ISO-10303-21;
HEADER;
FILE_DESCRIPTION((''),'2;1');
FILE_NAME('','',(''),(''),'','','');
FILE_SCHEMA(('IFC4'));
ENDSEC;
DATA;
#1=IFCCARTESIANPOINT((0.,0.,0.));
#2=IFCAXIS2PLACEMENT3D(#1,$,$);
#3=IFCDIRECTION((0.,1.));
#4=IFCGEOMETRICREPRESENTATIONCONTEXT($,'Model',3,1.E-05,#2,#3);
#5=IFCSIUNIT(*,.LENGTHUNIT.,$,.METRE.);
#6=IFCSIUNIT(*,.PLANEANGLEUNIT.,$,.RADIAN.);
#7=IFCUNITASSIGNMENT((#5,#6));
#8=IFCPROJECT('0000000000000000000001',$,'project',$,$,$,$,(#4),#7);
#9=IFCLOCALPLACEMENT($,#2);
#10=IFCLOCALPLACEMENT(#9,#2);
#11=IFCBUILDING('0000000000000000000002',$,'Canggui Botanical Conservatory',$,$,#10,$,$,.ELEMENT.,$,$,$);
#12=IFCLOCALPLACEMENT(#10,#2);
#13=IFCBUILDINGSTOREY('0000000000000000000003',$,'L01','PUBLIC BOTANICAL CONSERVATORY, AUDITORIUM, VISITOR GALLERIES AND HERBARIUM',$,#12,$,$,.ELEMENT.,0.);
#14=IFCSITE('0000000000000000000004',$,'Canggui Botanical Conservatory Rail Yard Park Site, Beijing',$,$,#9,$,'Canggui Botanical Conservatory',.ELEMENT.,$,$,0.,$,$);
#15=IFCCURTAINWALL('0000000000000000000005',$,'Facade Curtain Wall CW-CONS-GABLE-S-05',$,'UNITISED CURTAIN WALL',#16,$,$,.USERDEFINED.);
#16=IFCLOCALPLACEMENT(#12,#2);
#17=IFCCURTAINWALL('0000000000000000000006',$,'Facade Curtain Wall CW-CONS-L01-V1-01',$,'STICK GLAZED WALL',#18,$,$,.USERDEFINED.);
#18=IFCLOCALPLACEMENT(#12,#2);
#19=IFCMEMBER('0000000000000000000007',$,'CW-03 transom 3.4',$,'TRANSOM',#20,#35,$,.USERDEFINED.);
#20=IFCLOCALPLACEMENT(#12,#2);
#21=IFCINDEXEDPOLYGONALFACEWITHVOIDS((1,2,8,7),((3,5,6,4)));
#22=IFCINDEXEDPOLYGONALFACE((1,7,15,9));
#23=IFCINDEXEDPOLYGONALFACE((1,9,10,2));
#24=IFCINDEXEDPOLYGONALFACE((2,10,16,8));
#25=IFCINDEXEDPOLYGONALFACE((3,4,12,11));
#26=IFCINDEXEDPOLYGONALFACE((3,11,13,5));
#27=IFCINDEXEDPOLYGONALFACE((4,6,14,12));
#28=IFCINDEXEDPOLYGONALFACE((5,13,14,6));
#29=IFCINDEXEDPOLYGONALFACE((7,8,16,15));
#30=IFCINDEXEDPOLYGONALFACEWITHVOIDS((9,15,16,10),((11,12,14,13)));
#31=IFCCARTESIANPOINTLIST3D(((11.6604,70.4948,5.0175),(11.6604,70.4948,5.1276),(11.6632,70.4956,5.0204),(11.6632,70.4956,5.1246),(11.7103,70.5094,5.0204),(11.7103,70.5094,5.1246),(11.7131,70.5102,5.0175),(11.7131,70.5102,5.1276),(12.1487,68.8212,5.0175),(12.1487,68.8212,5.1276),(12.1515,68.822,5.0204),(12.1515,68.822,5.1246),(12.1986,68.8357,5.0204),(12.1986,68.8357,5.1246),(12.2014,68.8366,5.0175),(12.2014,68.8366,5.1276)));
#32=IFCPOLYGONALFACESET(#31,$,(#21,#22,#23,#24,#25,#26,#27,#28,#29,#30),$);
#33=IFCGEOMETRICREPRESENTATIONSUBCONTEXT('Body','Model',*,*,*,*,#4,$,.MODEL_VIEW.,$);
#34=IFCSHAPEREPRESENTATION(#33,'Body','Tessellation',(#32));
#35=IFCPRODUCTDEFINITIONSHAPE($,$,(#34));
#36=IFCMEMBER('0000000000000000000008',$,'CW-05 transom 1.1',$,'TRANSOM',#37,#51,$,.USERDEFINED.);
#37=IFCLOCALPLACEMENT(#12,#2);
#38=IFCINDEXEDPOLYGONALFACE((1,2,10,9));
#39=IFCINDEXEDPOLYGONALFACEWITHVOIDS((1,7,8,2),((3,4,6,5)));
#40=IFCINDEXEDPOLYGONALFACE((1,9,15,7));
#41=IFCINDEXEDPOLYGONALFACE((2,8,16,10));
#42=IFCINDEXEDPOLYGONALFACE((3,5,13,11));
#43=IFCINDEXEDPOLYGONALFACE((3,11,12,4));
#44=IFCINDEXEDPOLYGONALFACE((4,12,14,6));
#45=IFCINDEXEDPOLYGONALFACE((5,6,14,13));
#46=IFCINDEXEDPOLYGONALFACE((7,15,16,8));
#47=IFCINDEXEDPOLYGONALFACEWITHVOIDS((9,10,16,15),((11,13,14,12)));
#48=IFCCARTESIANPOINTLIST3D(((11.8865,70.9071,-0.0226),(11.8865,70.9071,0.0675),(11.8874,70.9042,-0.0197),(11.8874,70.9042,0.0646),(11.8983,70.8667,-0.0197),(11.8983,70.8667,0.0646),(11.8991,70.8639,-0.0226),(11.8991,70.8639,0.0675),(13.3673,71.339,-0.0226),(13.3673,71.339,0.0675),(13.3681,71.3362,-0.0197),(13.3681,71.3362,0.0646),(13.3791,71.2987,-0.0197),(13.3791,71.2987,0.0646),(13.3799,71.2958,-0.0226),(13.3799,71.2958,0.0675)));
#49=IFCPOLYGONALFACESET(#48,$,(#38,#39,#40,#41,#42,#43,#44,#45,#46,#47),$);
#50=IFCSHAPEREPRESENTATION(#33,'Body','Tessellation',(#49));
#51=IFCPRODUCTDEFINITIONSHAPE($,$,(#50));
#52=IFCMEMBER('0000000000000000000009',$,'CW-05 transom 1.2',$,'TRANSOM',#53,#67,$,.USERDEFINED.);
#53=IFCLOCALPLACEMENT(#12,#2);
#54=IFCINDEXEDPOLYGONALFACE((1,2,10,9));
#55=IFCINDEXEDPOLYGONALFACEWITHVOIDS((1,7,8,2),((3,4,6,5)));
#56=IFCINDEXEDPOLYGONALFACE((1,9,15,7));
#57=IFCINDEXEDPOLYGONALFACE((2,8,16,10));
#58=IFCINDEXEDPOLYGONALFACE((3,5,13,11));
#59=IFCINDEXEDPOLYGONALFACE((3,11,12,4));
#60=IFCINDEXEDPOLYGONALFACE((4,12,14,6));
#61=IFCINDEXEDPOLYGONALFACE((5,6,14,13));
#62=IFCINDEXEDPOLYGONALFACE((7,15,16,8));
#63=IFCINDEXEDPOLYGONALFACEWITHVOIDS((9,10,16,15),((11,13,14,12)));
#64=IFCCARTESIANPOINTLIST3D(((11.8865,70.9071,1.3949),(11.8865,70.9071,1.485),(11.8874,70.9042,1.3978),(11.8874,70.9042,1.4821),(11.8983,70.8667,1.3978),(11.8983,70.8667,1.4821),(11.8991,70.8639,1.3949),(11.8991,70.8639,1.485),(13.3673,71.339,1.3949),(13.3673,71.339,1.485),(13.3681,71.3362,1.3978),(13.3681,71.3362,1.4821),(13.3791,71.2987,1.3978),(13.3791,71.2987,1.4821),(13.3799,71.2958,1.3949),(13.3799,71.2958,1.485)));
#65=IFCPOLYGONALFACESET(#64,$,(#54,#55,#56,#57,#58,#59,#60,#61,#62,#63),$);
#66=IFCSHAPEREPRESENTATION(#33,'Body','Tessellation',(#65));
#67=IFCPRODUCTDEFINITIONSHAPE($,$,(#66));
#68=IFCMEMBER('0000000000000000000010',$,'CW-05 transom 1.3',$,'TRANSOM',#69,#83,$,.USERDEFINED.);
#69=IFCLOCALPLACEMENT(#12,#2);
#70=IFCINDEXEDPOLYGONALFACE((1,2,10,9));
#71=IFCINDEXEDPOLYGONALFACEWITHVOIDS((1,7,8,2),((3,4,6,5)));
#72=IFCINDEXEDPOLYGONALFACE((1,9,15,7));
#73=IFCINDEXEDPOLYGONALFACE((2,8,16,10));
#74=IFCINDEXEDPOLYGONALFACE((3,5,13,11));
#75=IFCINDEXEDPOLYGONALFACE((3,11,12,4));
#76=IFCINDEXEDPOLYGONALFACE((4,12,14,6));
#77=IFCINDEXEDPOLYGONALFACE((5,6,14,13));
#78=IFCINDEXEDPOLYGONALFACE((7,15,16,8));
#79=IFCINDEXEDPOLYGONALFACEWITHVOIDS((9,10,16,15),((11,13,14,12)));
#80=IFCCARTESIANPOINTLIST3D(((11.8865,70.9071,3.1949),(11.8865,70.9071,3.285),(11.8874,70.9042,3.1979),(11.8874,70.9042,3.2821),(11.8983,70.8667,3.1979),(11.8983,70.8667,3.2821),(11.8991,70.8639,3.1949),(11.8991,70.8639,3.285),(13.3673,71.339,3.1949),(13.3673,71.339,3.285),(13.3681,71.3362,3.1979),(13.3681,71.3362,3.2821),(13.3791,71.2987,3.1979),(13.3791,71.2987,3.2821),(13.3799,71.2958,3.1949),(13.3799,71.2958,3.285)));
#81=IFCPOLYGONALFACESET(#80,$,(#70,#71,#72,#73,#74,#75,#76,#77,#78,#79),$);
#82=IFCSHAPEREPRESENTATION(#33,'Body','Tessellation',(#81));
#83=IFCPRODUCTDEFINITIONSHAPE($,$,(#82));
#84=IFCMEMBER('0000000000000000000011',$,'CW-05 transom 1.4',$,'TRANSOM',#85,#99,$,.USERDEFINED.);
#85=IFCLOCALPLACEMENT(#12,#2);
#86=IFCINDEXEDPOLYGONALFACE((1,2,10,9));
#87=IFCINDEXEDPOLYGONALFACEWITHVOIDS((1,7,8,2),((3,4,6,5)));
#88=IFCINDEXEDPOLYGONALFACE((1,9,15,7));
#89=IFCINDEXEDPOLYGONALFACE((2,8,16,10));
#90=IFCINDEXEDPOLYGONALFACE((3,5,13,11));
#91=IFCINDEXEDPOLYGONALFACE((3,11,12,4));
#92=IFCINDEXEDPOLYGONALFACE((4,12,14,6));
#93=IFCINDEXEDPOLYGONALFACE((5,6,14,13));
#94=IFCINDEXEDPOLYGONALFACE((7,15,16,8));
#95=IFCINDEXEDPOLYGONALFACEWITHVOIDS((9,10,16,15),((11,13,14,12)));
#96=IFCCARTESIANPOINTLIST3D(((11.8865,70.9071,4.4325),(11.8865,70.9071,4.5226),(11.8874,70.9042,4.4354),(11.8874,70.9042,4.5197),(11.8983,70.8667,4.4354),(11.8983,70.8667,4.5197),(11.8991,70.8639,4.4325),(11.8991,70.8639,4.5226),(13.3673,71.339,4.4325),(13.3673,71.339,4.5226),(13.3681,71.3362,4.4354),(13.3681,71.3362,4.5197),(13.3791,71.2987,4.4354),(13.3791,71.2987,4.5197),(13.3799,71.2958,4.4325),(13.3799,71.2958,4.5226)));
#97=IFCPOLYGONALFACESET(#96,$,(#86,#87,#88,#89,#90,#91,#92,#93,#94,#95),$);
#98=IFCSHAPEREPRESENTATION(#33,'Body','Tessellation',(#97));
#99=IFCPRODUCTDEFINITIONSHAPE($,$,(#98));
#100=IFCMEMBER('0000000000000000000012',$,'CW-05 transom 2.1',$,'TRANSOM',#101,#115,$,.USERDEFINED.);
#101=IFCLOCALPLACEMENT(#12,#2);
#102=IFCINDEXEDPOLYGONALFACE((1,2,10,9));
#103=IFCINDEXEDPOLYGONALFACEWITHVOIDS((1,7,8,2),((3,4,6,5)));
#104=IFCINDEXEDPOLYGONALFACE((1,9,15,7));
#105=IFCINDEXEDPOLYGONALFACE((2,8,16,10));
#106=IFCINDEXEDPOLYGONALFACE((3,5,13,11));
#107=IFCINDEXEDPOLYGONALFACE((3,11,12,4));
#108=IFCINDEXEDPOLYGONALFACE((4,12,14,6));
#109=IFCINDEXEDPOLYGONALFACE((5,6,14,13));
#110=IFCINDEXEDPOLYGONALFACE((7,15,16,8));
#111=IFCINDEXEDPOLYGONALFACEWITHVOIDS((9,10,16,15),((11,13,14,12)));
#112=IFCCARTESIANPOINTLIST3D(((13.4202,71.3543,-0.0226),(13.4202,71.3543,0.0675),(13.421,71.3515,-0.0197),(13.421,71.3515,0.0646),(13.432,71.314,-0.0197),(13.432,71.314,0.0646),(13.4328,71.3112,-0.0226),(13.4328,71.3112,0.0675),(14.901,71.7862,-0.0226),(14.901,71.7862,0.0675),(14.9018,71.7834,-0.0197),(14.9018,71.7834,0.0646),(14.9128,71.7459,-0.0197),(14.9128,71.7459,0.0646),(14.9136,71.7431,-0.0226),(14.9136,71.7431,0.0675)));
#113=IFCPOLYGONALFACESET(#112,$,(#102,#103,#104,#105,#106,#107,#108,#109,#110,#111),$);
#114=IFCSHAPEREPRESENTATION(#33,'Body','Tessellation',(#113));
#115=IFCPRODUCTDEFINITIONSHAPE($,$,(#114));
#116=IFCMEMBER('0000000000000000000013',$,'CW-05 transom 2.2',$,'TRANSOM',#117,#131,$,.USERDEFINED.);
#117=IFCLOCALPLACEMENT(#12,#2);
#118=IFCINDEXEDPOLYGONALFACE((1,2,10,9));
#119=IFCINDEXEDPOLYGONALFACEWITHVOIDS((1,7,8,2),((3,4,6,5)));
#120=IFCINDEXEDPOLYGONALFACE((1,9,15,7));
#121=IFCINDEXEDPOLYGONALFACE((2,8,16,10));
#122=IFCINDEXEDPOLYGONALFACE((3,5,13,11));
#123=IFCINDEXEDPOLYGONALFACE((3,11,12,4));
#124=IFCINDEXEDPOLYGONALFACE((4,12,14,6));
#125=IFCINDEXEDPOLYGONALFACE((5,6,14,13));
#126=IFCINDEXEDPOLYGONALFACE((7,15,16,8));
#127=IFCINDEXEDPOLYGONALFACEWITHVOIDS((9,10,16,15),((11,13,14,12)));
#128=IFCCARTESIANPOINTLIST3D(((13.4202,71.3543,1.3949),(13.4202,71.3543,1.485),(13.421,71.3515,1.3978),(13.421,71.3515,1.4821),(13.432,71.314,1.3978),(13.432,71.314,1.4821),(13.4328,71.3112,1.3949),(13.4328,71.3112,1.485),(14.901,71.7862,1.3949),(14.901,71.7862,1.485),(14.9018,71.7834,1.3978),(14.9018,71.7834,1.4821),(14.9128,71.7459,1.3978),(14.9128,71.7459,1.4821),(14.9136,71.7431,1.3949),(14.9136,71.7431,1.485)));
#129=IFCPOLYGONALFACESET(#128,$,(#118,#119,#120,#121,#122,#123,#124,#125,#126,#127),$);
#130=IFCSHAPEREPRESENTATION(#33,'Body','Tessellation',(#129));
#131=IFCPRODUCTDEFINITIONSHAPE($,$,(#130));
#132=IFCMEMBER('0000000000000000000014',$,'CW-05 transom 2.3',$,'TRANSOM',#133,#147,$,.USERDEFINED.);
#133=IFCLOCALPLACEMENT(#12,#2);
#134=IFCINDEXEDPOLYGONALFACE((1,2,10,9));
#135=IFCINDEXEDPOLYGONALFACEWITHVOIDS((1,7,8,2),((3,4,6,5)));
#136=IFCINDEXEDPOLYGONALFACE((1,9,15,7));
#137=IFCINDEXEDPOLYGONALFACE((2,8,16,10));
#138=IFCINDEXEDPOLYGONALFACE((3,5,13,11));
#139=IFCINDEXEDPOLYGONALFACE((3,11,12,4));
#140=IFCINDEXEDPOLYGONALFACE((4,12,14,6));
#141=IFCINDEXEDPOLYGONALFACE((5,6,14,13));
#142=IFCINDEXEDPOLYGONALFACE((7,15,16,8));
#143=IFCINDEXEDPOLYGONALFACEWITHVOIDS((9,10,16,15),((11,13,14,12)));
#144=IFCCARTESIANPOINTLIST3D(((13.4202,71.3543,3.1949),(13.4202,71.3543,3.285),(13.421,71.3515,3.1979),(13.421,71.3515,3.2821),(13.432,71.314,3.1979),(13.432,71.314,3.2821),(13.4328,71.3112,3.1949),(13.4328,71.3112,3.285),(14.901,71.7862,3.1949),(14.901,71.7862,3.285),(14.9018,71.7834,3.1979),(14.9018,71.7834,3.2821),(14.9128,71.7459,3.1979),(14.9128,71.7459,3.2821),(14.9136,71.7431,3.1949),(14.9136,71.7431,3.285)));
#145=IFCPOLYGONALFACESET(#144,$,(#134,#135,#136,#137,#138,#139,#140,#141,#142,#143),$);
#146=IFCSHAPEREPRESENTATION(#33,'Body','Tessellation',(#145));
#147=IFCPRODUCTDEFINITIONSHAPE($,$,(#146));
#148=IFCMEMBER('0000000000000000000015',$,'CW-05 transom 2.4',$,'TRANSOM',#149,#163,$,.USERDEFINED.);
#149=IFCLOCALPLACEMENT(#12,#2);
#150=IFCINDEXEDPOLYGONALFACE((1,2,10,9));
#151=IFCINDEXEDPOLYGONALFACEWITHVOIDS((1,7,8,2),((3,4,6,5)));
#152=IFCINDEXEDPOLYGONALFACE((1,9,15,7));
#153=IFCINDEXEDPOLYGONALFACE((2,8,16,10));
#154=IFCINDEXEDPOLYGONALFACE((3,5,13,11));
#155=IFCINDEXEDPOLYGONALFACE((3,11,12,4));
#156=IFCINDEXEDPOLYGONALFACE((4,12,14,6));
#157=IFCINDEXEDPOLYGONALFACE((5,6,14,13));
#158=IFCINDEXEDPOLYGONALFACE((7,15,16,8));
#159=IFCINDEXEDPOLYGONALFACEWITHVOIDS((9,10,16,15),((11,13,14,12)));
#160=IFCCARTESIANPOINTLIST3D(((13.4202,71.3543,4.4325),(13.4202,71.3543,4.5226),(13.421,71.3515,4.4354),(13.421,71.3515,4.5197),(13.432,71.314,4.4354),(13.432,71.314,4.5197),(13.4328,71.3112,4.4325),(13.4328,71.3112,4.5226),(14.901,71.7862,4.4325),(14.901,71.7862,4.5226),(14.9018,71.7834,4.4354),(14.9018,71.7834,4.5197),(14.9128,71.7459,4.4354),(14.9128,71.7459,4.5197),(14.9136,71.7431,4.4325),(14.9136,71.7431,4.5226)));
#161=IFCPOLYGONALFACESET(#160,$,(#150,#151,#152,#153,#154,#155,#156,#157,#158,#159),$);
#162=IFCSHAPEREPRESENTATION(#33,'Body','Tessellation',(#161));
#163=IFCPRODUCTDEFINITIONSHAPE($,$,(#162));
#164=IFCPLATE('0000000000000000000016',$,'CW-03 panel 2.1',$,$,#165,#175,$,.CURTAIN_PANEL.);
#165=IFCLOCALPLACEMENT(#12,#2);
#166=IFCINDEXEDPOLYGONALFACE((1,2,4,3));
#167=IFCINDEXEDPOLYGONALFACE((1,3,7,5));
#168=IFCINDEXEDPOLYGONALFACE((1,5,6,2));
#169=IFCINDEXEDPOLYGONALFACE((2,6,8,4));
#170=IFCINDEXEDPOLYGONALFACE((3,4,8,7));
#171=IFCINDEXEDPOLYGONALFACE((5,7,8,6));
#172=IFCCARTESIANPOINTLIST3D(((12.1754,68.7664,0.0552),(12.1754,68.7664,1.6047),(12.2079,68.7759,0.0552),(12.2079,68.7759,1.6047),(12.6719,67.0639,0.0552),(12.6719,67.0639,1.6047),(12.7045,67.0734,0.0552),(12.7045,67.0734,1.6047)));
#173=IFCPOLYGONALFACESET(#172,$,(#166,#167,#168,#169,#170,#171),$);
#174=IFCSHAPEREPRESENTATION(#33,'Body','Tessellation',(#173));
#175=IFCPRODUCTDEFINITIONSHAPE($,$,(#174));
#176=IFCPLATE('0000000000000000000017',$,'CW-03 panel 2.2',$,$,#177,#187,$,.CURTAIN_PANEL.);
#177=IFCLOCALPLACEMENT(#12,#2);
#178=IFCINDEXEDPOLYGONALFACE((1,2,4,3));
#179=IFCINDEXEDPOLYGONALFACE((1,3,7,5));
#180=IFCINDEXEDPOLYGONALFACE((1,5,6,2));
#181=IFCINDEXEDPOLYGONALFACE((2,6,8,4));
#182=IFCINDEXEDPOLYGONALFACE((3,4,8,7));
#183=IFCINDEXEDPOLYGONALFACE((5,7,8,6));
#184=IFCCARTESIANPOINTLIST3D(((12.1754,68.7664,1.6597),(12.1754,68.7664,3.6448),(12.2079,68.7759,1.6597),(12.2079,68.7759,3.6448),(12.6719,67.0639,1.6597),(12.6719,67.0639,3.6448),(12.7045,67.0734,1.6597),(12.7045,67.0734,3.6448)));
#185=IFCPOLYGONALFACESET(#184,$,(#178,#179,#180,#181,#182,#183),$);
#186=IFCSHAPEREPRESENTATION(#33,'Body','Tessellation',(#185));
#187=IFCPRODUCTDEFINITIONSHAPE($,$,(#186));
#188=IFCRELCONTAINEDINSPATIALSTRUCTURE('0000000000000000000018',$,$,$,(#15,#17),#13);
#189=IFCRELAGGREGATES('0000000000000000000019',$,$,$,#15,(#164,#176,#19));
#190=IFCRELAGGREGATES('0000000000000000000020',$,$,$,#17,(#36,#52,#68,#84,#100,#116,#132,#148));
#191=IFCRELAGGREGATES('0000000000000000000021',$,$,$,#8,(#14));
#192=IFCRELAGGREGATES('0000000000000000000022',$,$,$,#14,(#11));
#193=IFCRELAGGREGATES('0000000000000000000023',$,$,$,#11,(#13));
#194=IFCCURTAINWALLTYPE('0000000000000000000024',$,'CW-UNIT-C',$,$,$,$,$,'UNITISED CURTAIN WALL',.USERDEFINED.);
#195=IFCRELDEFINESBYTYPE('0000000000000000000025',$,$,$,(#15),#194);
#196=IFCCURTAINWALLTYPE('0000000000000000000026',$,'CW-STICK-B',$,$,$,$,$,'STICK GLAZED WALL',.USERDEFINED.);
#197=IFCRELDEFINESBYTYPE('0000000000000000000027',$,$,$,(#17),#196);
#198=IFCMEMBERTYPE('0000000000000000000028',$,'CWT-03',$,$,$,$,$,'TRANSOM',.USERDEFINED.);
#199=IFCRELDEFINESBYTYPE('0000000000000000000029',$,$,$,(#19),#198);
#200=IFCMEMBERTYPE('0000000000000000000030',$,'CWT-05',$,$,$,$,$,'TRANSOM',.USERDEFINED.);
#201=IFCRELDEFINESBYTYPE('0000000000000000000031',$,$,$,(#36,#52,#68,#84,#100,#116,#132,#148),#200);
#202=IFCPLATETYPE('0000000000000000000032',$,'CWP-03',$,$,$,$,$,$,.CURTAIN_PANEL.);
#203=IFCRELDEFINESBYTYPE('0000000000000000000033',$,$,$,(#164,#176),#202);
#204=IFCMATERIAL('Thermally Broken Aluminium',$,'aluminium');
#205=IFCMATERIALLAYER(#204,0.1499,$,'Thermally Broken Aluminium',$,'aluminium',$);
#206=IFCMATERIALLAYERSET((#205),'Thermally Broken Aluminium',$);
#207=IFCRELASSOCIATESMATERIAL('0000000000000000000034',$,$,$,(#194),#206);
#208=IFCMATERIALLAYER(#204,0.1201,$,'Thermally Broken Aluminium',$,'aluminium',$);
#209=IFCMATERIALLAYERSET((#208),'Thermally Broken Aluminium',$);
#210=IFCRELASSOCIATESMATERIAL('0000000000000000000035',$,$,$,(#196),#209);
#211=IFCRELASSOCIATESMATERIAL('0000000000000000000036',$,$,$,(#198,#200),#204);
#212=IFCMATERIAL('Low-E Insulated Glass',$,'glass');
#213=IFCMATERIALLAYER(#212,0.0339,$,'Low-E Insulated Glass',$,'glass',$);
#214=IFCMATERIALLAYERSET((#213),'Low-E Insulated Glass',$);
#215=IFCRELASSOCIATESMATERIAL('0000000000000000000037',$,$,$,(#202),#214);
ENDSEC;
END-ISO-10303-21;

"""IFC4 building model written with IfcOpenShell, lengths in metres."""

from ifc_helpers import new_model, si_unit, direction, frame, origin, origin_2d, place, context, subcontext, project, spatial, rectangle, hollow_rectangle, extrude, material, layer, layer_set, material_profile, profile_set, type_object, element, aggregate, save


model = new_model("IFC4")

# Units and contexts
model_context = context("Model", 3, precision=1e-05, world=origin(), true_north=direction((0.0, 1.0)))
body_context = subcontext(model_context, "Body", "Model", "MODEL_VIEW")
ifc_project = project(units=[si_unit("LENGTHUNIT", "METRE"), si_unit("PLANEANGLEUNIT", "RADIAN")], contexts=[model_context])

# Site, building, storey
site_placement = place(None, origin())
site = spatial("IfcSite", under=ifc_project, at=site_placement, Name="Canggui Botanical Conservatory Rail Yard Park Site, Beijing", LongName="Canggui Botanical Conservatory", CompositionType="ELEMENT", RefElevation=0.0)
building_placement = place(site_placement, origin())
building = spatial("IfcBuilding", under=site, at=building_placement, Name="Canggui Botanical Conservatory", CompositionType="ELEMENT")
storey_placement = place(building_placement, origin())
storey = spatial("IfcBuildingStorey", under=building, at=storey_placement, Name="L01", Description="PUBLIC BOTANICAL CONSERVATORY, AUDITORIUM, VISITOR GALLERIES AND HERBARIUM", CompositionType="ELEMENT", Elevation=0.0)

# Curtain walls
ifc_material_1 = material(Name="Thermally Broken Aluminium", Category="aluminium")
ifc_layer_1 = layer(ifc_material_1, 0.1499, Name="Thermally Broken Aluminium", Category="aluminium")
ifc_layer_set_1 = layer_set([ifc_layer_1], Name="Thermally Broken Aluminium")
curtain_wall_type_1 = type_object("IfcCurtainWallType", Name="CW-UNIT-C", ElementType="UNITISED CURTAIN WALL", PredefinedType="USERDEFINED", material=ifc_layer_set_1)
curtain_wall_1_placement = place(storey_placement, origin())
curtain_wall_1 = element("IfcCurtainWall", 1, at=curtain_wall_1_placement, inside=storey, type_object=curtain_wall_type_1, Name="Facade Curtain Wall CW-CONS-GABLE-S-05", ObjectType="UNITISED CURTAIN WALL", PredefinedType="USERDEFINED")
ifc_layer_2 = layer(ifc_material_1, 0.1201, Name="Thermally Broken Aluminium", Category="aluminium")
ifc_layer_set_2 = layer_set([ifc_layer_2], Name="Thermally Broken Aluminium")
curtain_wall_type_2 = type_object("IfcCurtainWallType", Name="CW-STICK-B", ElementType="STICK GLAZED WALL", PredefinedType="USERDEFINED", material=ifc_layer_set_2)
curtain_wall_2_placement = place(storey_placement, origin())
curtain_wall_2 = element("IfcCurtainWall", 2, at=curtain_wall_2_placement, inside=storey, type_object=curtain_wall_type_2, Name="Facade Curtain Wall CW-CONS-L01-V1-01", ObjectType="STICK GLAZED WALL", PredefinedType="USERDEFINED")

# Members
ifc_material_profile_1 = material_profile(ifc_material_1, hollow_rectangle(XDim=0.0549, YDim=0.1101, WallThickness=0.0029, at=origin_2d()), Name="CWT 55x110x3")
ifc_profile_set_1 = profile_set([ifc_material_profile_1], Name="Thermally Broken Aluminium")
member_type_1 = type_object("IfcMemberType", Name="CWT-03", ElementType="TRANSOM", PredefinedType="USERDEFINED", material=ifc_profile_set_1)
member_1_placement = place(storey_placement, frame((12.175, 68.8289, 5.0725), z_axis=(-0.280081, 0.959976, 0.0), x_axis=(-0.959976, -0.280081, 0.0)))
member_1 = element("IfcMember", 3, at=member_1_placement, type_object=member_type_1, Name="CW-03 transom 3.4", ObjectType="TRANSOM", PredefinedType="USERDEFINED", context=body_context, shape_type="SweptSolid", body=[
    extrude(hollow_rectangle(XDim=0.0549, YDim=0.1101, WallThickness=0.0029, at=origin_2d()), origin(), (0.0, 0.0, 1.0), 1.7434),
])
ifc_material_profile_2 = material_profile(ifc_material_1, hollow_rectangle(XDim=0.0449, YDim=0.0901, WallThickness=0.0029, at=origin_2d()), Name="CWT 45x90x3")
ifc_profile_set_2 = profile_set([ifc_material_profile_2], Name="Thermally Broken Aluminium")
member_type_2 = type_object("IfcMemberType", Name="CWT-05", ElementType="TRANSOM", PredefinedType="USERDEFINED", material=ifc_profile_set_2)
member_2_placement = place(storey_placement, frame((11.8928, 70.8855, 0.0225), z_axis=(0.959998, 0.280006, 0.0), x_axis=(-0.280006, 0.959998, 0.0)))
member_2 = element("IfcMember", 4, at=member_2_placement, type_object=member_type_2, Name="CW-05 transom 1.1", ObjectType="TRANSOM", PredefinedType="USERDEFINED", context=body_context, shape_type="SweptSolid", body=[
    extrude(hollow_rectangle(XDim=0.0449, YDim=0.0901, WallThickness=0.0029, at=origin_2d()), origin(), (0.0, 0.0, 1.0), 1.5425),
])
member_3_placement = place(storey_placement, frame((11.8928, 70.8855, 1.4399), z_axis=(0.959998, 0.280006, 0.0), x_axis=(-0.280006, 0.959998, 0.0)))
member_3 = element("IfcMember", 5, at=member_3_placement, type_object=member_type_2, Name="CW-05 transom 1.2", ObjectType="TRANSOM", PredefinedType="USERDEFINED", context=body_context, shape_type="SweptSolid", body=[
    extrude(hollow_rectangle(XDim=0.0449, YDim=0.0901, WallThickness=0.0029, at=origin_2d()), origin(), (0.0, 0.0, 1.0), 1.5425),
])
member_4_placement = place(storey_placement, frame((11.8928, 70.8855, 3.24), z_axis=(0.959998, 0.280006, 0.0), x_axis=(-0.280006, 0.959998, 0.0)))
member_4 = element("IfcMember", 6, at=member_4_placement, type_object=member_type_2, Name="CW-05 transom 1.3", ObjectType="TRANSOM", PredefinedType="USERDEFINED", context=body_context, shape_type="SweptSolid", body=[
    extrude(hollow_rectangle(XDim=0.0449, YDim=0.0901, WallThickness=0.0029, at=origin_2d()), origin(), (0.0, 0.0, 1.0), 1.5425),
])
member_5_placement = place(storey_placement, frame((11.8928, 70.8855, 4.4775), z_axis=(0.959998, 0.280006, 0.0), x_axis=(-0.280006, 0.959998, 0.0)))
member_5 = element("IfcMember", 7, at=member_5_placement, type_object=member_type_2, Name="CW-05 transom 1.4", ObjectType="TRANSOM", PredefinedType="USERDEFINED", context=body_context, shape_type="SweptSolid", body=[
    extrude(hollow_rectangle(XDim=0.0449, YDim=0.0901, WallThickness=0.0029, at=origin_2d()), origin(), (0.0, 0.0, 1.0), 1.5425),
])
member_6_placement = place(storey_placement, frame((13.4265, 71.3328, 0.0225), z_axis=(0.959998, 0.280006, 0.0), x_axis=(-0.280006, 0.959998, 0.0)))
member_6 = element("IfcMember", 8, at=member_6_placement, type_object=member_type_2, Name="CW-05 transom 2.1", ObjectType="TRANSOM", PredefinedType="USERDEFINED", context=body_context, shape_type="SweptSolid", body=[
    extrude(hollow_rectangle(XDim=0.0449, YDim=0.0901, WallThickness=0.0029, at=origin_2d()), origin(), (0.0, 0.0, 1.0), 1.5425),
])
member_7_placement = place(storey_placement, frame((13.4265, 71.3328, 1.4399), z_axis=(0.959998, 0.280006, 0.0), x_axis=(-0.280006, 0.959998, 0.0)))
member_7 = element("IfcMember", 9, at=member_7_placement, type_object=member_type_2, Name="CW-05 transom 2.2", ObjectType="TRANSOM", PredefinedType="USERDEFINED", context=body_context, shape_type="SweptSolid", body=[
    extrude(hollow_rectangle(XDim=0.0449, YDim=0.0901, WallThickness=0.0029, at=origin_2d()), origin(), (0.0, 0.0, 1.0), 1.5425),
])
member_8_placement = place(storey_placement, frame((13.4265, 71.3328, 3.24), z_axis=(0.959998, 0.280006, 0.0), x_axis=(-0.280006, 0.959998, 0.0)))
member_8 = element("IfcMember", 10, at=member_8_placement, type_object=member_type_2, Name="CW-05 transom 2.3", ObjectType="TRANSOM", PredefinedType="USERDEFINED", context=body_context, shape_type="SweptSolid", body=[
    extrude(hollow_rectangle(XDim=0.0449, YDim=0.0901, WallThickness=0.0029, at=origin_2d()), origin(), (0.0, 0.0, 1.0), 1.5425),
])
member_9_placement = place(storey_placement, frame((13.4265, 71.3328, 4.4775), z_axis=(0.959998, 0.280006, 0.0), x_axis=(-0.280006, 0.959998, 0.0)))
member_9 = element("IfcMember", 11, at=member_9_placement, type_object=member_type_2, Name="CW-05 transom 2.4", ObjectType="TRANSOM", PredefinedType="USERDEFINED", context=body_context, shape_type="SweptSolid", body=[
    extrude(hollow_rectangle(XDim=0.0449, YDim=0.0901, WallThickness=0.0029, at=origin_2d()), origin(), (0.0, 0.0, 1.0), 1.5425),
])

# Plates
ifc_material_2 = material(Name="Low-E Insulated Glass", Category="glass")
ifc_layer_3 = layer(ifc_material_2, 0.0339, Name="Low-E Insulated Glass", Category="glass")
ifc_layer_set_3 = layer_set([ifc_layer_3], Name="Low-E Insulated Glass")
plate_type_1 = type_object("IfcPlateType", Name="CWP-03", PredefinedType="CURTAIN_PANEL", material=ifc_layer_set_3)
plate_1_placement = place(storey_placement, frame((12.4399, 67.9199, 0.0552), z_axis=(0.0, 0.0, 1.0), x_axis=(-0.28, 0.96, 0.0)))
plate_1 = element("IfcPlate", 12, at=plate_1_placement, type_object=plate_type_1, Name="CW-03 panel 2.1", PredefinedType="CURTAIN_PANEL", context=body_context, shape_type="SweptSolid", body=[
    extrude(rectangle(XDim=1.7734, YDim=0.0339, at=origin_2d()), origin(), (0.0, 0.0, 1.0), 1.5496),
])
plate_2_placement = place(storey_placement, frame((12.4399, 67.9199, 1.6597), z_axis=(0.0, 0.0, 1.0), x_axis=(-0.28, 0.96, 0.0)))
plate_2 = element("IfcPlate", 13, at=plate_2_placement, type_object=plate_type_1, Name="CW-03 panel 2.2", PredefinedType="CURTAIN_PANEL", context=body_context, shape_type="SweptSolid", body=[
    extrude(rectangle(XDim=1.7734, YDim=0.0339, at=origin_2d()), origin(), (0.0, 0.0, 1.0), 1.9851),
])
aggregate(curtain_wall_1, [plate_1, plate_2, member_1])
aggregate(curtain_wall_2, [member_2, member_3, member_4, member_5, member_6, member_7, member_8, member_9])

save(model, "model.ifc")
